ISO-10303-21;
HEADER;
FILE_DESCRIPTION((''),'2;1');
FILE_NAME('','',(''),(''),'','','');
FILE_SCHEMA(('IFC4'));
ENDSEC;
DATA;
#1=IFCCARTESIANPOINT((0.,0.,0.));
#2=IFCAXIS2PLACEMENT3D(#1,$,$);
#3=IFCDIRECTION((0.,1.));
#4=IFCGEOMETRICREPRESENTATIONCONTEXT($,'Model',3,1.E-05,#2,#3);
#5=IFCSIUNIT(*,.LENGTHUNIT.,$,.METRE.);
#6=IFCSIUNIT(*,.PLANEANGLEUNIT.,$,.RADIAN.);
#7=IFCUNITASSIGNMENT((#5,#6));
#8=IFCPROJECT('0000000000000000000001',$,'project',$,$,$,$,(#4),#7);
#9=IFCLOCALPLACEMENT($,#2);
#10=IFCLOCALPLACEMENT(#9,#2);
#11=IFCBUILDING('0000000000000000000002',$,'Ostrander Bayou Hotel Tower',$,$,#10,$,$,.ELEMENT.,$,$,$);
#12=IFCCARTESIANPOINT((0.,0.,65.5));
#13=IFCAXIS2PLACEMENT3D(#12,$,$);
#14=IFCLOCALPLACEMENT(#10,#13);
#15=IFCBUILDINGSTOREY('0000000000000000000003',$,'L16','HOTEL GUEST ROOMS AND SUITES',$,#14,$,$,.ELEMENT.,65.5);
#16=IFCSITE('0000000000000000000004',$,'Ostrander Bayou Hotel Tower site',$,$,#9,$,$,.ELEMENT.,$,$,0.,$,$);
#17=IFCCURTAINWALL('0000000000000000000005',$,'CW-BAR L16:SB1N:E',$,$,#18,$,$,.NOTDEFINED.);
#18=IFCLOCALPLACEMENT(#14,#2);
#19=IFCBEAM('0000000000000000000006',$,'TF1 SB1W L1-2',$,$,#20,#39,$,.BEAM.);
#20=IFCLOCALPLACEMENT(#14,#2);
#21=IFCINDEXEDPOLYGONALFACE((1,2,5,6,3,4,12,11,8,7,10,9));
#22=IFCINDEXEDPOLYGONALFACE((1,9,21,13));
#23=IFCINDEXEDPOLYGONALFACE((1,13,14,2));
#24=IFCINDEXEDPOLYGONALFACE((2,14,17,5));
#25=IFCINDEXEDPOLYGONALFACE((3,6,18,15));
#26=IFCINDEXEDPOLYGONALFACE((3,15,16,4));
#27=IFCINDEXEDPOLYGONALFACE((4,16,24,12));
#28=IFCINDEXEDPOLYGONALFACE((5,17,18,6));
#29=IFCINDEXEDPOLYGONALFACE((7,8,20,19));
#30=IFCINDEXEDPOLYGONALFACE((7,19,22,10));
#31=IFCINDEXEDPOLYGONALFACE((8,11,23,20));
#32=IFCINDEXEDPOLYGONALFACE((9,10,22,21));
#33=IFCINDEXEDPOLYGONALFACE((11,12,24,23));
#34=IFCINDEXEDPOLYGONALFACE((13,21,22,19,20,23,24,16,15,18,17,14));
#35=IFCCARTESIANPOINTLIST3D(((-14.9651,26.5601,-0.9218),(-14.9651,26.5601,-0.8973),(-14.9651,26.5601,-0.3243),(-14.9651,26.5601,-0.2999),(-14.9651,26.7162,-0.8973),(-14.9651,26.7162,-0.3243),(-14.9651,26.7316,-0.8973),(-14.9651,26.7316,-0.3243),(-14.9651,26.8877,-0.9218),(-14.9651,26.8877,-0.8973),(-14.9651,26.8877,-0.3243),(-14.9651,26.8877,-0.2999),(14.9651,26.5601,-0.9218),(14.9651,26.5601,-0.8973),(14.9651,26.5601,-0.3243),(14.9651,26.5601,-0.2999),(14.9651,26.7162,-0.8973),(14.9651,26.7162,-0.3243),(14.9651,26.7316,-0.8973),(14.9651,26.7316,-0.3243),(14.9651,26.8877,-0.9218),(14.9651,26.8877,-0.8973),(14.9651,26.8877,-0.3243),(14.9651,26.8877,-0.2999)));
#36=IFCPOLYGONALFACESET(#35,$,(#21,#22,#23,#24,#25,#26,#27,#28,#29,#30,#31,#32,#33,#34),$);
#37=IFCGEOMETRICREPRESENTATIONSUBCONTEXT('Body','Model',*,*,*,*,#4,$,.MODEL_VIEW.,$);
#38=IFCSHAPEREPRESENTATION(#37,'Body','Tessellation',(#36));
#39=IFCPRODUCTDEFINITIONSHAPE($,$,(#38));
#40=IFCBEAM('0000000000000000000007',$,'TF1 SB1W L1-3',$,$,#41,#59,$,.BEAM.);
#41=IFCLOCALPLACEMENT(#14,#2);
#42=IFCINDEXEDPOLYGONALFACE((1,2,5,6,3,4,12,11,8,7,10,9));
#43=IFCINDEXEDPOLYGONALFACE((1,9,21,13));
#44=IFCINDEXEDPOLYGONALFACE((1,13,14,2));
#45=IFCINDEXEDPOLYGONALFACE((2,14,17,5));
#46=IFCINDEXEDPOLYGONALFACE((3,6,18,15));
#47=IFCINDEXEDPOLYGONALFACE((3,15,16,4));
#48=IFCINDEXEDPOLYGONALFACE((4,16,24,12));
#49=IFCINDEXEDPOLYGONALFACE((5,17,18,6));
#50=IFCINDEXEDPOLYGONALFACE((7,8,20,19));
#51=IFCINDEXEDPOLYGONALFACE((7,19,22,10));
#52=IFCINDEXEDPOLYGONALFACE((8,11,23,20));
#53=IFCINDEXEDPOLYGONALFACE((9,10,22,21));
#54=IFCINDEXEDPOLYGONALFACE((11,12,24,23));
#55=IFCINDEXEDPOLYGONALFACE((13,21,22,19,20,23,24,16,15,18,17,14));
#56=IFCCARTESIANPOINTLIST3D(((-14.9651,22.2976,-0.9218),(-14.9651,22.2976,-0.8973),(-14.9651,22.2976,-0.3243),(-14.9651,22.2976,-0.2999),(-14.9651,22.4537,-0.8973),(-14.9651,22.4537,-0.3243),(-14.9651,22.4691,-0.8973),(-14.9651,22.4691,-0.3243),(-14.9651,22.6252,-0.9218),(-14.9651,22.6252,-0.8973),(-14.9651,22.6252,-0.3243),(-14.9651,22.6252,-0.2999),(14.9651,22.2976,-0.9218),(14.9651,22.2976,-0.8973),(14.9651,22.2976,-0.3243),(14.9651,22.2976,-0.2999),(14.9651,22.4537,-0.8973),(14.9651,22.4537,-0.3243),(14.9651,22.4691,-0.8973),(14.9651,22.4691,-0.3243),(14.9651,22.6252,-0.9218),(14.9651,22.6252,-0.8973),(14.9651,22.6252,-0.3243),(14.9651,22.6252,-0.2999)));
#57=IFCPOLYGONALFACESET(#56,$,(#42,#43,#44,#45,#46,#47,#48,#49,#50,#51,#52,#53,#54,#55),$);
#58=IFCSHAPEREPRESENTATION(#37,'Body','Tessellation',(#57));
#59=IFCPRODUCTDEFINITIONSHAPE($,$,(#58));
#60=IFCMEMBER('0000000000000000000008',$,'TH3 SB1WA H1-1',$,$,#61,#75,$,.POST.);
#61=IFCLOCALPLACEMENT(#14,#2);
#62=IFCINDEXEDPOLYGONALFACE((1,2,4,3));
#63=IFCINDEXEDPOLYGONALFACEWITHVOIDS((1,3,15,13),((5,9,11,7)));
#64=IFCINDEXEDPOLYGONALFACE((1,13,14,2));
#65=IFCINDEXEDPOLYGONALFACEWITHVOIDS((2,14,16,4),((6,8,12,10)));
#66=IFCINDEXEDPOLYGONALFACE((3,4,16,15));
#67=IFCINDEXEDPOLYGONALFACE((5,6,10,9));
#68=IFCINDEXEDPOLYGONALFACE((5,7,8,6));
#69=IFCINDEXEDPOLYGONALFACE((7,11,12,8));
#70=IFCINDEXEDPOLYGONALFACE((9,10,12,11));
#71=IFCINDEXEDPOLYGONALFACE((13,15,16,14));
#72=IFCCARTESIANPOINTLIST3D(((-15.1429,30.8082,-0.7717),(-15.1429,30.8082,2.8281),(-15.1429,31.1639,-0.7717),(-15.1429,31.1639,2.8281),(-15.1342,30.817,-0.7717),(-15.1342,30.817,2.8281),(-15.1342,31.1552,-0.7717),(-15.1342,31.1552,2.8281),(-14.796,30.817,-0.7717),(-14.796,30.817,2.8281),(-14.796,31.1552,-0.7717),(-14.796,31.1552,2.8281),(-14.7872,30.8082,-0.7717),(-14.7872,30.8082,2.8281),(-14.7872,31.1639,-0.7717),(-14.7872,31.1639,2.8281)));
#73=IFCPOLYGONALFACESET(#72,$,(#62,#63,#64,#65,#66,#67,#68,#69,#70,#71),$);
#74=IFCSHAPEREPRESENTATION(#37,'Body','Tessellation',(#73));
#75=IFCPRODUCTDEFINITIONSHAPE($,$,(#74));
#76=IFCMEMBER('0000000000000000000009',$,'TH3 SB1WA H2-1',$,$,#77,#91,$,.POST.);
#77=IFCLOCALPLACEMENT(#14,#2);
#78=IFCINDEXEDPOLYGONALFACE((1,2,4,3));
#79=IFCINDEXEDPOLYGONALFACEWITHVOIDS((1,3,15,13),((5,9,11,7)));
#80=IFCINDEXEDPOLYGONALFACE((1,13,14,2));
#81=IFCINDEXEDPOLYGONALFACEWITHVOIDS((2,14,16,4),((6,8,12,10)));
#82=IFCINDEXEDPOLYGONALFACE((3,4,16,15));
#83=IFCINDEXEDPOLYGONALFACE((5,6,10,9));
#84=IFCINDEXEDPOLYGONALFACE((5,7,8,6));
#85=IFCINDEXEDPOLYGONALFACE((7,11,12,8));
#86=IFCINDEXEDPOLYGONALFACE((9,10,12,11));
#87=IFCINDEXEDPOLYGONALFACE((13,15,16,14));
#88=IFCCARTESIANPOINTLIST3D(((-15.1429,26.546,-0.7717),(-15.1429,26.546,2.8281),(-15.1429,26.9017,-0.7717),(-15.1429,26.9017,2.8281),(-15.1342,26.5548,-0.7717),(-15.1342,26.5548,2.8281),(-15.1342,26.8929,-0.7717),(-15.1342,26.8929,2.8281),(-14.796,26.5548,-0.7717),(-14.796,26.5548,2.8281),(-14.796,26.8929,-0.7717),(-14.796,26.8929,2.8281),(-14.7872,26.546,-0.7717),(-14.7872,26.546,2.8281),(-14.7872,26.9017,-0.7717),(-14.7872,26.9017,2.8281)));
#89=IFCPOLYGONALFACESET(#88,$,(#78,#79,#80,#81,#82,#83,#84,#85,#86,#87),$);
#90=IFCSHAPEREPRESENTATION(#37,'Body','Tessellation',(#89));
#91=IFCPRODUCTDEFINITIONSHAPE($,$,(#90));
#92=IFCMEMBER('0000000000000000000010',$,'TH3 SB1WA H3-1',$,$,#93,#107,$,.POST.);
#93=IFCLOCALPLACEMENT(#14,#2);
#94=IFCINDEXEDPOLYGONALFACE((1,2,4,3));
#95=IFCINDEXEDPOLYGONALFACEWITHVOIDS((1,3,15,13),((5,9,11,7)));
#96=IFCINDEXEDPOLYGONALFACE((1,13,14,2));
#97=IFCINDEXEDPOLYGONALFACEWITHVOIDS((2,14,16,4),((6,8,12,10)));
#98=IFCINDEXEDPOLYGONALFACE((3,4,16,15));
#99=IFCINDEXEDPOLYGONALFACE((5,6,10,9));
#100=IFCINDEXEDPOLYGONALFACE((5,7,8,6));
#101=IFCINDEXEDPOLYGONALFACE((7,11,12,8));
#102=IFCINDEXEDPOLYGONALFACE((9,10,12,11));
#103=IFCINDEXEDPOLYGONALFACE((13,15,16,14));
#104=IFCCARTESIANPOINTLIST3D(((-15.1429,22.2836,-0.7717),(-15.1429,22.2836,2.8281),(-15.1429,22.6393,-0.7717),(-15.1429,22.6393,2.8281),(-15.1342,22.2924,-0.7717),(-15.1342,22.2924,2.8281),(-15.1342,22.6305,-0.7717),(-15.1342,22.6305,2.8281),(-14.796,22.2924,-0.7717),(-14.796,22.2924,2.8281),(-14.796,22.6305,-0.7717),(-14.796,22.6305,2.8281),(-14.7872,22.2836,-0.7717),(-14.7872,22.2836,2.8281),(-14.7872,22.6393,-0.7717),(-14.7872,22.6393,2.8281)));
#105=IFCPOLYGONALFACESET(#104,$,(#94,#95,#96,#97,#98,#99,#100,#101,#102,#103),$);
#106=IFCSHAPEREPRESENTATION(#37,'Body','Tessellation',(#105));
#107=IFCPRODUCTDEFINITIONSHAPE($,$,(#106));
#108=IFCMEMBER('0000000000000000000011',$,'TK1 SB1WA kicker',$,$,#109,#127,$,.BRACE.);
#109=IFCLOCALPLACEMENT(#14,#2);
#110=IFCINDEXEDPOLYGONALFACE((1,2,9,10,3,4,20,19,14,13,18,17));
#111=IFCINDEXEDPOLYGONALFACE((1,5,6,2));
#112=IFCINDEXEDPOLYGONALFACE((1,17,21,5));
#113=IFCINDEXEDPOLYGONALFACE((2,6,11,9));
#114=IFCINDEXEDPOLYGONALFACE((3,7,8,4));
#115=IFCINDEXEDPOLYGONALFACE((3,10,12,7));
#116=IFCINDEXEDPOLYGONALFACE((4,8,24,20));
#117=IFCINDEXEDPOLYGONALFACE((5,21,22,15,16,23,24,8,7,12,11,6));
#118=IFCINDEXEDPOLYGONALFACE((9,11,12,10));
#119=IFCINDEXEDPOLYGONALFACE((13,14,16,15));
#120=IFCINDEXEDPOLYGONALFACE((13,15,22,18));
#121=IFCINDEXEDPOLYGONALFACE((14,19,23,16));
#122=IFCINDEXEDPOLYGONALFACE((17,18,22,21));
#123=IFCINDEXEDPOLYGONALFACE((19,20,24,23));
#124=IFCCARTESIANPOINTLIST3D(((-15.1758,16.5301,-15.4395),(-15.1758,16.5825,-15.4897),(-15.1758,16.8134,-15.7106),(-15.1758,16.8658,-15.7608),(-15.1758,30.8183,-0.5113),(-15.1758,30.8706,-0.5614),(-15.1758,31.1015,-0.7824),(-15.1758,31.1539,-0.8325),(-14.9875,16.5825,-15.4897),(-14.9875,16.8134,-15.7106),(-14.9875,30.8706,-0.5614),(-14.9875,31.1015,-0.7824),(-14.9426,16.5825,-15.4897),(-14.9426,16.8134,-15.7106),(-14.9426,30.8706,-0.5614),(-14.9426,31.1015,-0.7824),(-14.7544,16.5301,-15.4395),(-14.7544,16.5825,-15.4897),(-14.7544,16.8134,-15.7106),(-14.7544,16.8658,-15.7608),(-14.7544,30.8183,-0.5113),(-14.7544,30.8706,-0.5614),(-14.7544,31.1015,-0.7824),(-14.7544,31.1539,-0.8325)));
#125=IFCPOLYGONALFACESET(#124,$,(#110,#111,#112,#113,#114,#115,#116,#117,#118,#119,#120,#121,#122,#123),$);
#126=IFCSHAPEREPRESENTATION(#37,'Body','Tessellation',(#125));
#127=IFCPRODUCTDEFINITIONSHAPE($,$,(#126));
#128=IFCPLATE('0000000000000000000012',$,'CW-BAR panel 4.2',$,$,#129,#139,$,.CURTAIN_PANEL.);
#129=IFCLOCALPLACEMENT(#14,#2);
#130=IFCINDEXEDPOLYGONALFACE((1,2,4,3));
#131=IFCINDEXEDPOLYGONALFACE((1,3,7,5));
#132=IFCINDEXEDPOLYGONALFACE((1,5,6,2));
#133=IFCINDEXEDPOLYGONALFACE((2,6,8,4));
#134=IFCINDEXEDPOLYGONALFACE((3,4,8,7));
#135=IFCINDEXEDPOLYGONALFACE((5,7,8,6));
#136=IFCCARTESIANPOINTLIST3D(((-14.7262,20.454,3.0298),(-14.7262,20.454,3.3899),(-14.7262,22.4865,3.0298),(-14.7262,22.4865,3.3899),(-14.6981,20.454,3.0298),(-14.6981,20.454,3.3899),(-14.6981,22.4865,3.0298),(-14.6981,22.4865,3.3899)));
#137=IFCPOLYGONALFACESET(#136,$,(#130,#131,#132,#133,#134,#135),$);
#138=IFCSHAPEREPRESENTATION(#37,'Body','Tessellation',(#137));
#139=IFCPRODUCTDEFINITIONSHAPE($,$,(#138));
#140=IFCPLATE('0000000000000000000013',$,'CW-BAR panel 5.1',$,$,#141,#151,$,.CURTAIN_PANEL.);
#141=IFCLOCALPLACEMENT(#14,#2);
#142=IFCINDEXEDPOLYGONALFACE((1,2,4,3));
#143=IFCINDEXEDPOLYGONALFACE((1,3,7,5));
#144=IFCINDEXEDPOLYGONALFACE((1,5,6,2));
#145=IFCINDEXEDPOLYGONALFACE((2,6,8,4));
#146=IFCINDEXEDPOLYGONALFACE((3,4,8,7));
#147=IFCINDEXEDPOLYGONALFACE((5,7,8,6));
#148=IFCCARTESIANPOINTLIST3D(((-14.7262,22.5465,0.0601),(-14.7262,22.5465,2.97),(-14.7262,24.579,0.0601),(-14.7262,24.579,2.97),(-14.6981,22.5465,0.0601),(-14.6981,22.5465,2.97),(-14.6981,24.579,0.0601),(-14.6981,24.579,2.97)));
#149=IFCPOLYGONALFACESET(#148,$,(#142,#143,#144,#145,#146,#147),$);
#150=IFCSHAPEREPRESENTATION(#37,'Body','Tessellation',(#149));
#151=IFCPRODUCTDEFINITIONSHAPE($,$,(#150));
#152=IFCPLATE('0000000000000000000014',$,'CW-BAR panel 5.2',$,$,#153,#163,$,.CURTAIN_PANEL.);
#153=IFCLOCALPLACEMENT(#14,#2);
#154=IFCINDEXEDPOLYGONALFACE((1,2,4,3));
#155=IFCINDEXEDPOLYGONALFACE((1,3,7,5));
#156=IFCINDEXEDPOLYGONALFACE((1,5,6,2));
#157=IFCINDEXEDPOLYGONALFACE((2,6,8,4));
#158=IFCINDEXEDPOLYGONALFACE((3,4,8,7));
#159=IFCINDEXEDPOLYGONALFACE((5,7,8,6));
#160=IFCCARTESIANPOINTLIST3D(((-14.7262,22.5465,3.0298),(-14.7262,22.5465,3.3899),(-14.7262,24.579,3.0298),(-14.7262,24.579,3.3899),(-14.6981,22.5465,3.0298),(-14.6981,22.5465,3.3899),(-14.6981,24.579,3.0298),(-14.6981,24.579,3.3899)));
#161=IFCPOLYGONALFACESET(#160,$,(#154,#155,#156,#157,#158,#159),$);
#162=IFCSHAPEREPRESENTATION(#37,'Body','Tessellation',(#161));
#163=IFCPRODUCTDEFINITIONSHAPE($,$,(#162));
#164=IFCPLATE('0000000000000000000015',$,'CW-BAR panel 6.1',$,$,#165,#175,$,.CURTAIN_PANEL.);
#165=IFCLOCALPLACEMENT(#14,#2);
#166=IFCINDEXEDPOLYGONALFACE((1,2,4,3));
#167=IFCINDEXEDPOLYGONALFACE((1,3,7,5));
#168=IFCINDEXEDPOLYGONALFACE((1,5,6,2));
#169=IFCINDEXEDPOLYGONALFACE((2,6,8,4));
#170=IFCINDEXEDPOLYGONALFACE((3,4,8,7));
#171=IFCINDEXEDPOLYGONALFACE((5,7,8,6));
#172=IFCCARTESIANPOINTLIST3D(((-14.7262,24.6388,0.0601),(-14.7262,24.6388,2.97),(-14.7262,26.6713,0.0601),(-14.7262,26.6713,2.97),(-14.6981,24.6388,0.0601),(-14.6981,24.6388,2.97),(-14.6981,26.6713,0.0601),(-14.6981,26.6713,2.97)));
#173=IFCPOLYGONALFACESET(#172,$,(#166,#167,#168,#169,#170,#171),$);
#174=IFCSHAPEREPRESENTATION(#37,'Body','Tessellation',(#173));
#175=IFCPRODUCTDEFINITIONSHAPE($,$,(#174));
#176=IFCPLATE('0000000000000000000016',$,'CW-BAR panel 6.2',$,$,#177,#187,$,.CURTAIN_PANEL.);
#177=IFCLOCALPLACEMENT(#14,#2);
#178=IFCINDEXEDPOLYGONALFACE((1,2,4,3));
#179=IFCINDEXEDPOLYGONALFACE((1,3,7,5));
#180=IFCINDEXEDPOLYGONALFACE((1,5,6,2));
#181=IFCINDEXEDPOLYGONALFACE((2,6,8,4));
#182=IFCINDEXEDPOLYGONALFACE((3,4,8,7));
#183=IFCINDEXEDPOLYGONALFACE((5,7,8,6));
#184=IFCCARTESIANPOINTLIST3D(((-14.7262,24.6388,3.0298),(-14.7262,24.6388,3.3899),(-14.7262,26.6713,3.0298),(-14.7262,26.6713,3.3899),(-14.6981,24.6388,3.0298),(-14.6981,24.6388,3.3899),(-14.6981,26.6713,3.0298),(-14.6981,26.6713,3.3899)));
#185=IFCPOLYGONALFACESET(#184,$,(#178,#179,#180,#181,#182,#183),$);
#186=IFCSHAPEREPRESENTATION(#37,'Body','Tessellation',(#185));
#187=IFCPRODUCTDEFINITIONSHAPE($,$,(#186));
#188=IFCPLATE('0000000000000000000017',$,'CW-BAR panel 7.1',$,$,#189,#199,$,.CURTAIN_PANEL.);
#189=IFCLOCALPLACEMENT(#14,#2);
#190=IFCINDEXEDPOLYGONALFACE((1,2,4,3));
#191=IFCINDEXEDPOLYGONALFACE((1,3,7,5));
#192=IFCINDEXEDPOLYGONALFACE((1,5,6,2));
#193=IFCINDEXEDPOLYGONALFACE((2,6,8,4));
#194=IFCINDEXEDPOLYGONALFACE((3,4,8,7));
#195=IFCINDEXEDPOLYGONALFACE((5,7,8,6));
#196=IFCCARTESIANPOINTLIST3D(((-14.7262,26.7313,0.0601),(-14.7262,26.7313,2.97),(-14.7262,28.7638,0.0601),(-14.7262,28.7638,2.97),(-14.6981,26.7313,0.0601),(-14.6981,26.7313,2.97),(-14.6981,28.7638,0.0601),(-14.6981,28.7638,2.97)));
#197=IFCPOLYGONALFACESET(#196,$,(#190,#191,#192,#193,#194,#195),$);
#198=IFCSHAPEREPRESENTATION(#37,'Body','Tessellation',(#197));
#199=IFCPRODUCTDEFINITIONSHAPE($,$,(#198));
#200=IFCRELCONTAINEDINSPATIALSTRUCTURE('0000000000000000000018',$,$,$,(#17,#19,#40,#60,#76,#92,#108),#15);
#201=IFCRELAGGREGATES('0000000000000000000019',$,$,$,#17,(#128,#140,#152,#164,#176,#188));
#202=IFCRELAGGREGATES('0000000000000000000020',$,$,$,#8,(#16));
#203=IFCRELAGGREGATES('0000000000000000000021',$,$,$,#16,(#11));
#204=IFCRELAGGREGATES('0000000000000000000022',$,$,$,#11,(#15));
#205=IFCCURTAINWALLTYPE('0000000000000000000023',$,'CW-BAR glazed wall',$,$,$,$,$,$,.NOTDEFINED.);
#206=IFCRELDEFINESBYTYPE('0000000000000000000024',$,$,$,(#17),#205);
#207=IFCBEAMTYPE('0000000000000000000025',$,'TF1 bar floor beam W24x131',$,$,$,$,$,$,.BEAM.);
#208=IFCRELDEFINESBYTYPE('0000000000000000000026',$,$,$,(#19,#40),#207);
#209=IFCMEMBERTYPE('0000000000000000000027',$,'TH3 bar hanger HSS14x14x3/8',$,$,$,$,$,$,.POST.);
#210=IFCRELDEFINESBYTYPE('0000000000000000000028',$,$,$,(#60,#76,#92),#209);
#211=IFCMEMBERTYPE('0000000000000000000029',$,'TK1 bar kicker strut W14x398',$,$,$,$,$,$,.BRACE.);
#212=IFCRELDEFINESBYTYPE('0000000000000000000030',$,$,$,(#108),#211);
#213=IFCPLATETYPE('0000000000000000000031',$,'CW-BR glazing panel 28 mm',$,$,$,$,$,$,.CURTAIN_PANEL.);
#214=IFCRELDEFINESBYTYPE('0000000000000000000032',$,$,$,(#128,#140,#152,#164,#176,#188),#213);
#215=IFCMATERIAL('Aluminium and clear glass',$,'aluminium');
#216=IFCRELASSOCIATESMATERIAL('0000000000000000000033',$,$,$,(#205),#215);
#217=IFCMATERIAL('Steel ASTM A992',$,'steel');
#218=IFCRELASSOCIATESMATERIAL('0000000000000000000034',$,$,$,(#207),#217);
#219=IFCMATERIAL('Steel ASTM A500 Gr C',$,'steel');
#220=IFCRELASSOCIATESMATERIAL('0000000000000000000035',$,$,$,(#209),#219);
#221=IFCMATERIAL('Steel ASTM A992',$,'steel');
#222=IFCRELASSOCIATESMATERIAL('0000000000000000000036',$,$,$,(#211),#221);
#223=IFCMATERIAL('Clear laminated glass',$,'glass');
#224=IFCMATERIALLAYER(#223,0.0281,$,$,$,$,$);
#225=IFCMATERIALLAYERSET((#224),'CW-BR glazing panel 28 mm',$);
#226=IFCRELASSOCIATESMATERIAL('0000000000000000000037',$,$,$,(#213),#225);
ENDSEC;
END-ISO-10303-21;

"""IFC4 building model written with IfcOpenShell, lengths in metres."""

from ifc_helpers import new_model, si_unit, direction, frame, origin, origin_2d, place, context, subcontext, project, spatial, rectangle, hollow_rectangle, i_section, extrude, material, layer, layer_set, material_profile, profile_set, type_object, element, aggregate, save


model = new_model("IFC4")

# Units and contexts
model_context = context("Model", 3, precision=1e-05, world=origin(), true_north=direction((0.0, 1.0)))
body_context = subcontext(model_context, "Body", "Model", "MODEL_VIEW")
ifc_project = project(units=[si_unit("LENGTHUNIT", "METRE"), si_unit("PLANEANGLEUNIT", "RADIAN")], contexts=[model_context])

# Site, building, storey
site_placement = place(None, origin())
site = spatial("IfcSite", under=ifc_project, at=site_placement, Name="Ostrander Bayou Hotel Tower site", CompositionType="ELEMENT", RefElevation=0.0)
building_placement = place(site_placement, origin())
building = spatial("IfcBuilding", under=site, at=building_placement, Name="Ostrander Bayou Hotel Tower", CompositionType="ELEMENT")
storey_placement = place(building_placement, frame((0.0, 0.0, 65.5)))
storey = spatial("IfcBuildingStorey", under=building, at=storey_placement, Name="L16", Description="HOTEL GUEST ROOMS AND SUITES", CompositionType="ELEMENT", Elevation=65.5)

# Curtain wall
ifc_material_1 = material(Name="Aluminium and clear glass", Category="aluminium")
curtain_wall_type = type_object("IfcCurtainWallType", Name="CW-BAR glazed wall", PredefinedType="NOTDEFINED", material=ifc_material_1)
curtain_wall_1_placement = place(storey_placement, origin())
curtain_wall_1 = element("IfcCurtainWall", 1, at=curtain_wall_1_placement, inside=storey, type_object=curtain_wall_type, Name="CW-BAR L16:SB1N:E", PredefinedType="NOTDEFINED")

# Beams
ifc_material_2 = material(Name="Steel ASTM A992", Category="steel")
ifc_material_profile_1 = material_profile(ifc_material_2, i_section(OverallWidth=0.3276, OverallDepth=0.6218, WebThickness=0.0154, FlangeThickness=0.0244, at=origin_2d()))
ifc_profile_set_1 = profile_set([ifc_material_profile_1], Name="Steel ASTM A992")
beam_type = type_object("IfcBeamType", Name="TF1 bar floor beam W24x131", PredefinedType="BEAM", material=ifc_profile_set_1)
for number, where, z_axis, x_axis, name in (
    (2, (-14.9651, 26.7239, -0.6108), (1.0, 0.0, 0.0), (0.0, 1.0, 0.0), "TF1 SB1W L1-2"),
    (3, (-14.9651, 22.4614, -0.6108), (1.0, 0.0, 0.0), (0.0, 1.0, 0.0), "TF1 SB1W L1-3"),
):
    element("IfcBeam", number, at=place(storey_placement, frame(where, z_axis=z_axis, x_axis=x_axis)), inside=storey, type_object=beam_type, Name=name, PredefinedType="BEAM", context=body_context, shape_type="SweptSolid", body=[
        extrude(i_section(OverallWidth=0.3276, OverallDepth=0.6218, WebThickness=0.0154, FlangeThickness=0.0244, at=origin_2d()), origin(), (0.0, 0.0, 1.0), 29.9302),
    ])

# Members
ifc_material_3 = material(Name="Steel ASTM A500 Gr C", Category="steel")
ifc_material_profile_2 = material_profile(ifc_material_3, hollow_rectangle(XDim=0.3557, YDim=0.3557, WallThickness=0.0088, at=origin_2d()))
ifc_profile_set_2 = profile_set([ifc_material_profile_2], Name="Steel ASTM A500 Gr C")
member_type_1 = type_object("IfcMemberType", Name="TH3 bar hanger HSS14x14x3/8", PredefinedType="POST", material=ifc_profile_set_2)
for number, where, z_axis, x_axis, name in (
    (4, (-14.9651, 30.9861, -0.7717), (0.0, 0.0, 1.0), (1.0, 0.0, 0.0), "TH3 SB1WA H1-1"),
    (5, (-14.9651, 26.7239, -0.7717), (0.0, 0.0, 1.0), (1.0, 0.0, 0.0), "TH3 SB1WA H2-1"),
    (6, (-14.9651, 22.4614, -0.7717), (0.0, 0.0, 1.0), (1.0, 0.0, 0.0), "TH3 SB1WA H3-1"),
):
    element("IfcMember", number, at=place(storey_placement, frame(where, z_axis=z_axis, x_axis=x_axis)), inside=storey, type_object=member_type_1, Name=name, PredefinedType="POST", context=body_context, shape_type="SweptSolid", body=[
        extrude(hollow_rectangle(XDim=0.3557, YDim=0.3557, WallThickness=0.0088, at=origin_2d()), origin(), (0.0, 0.0, 1.0), 3.5999),
    ])
ifc_material_4 = material(Name="Steel ASTM A992", Category="steel")
ifc_material_profile_3 = material_profile(ifc_material_4, i_section(OverallWidth=0.4214, OverallDepth=0.4646, WebThickness=0.0449, FlangeThickness=0.0725, at=origin_2d()))
ifc_profile_set_3 = profile_set([ifc_material_profile_3], Name="Steel ASTM A992")
member_type_2 = type_object("IfcMemberType", Name="TK1 bar kicker strut W14x398", PredefinedType="BRACE", material=ifc_profile_set_3)
member_1_placement = place(storey_placement, frame((-14.9651, 30.9861, -0.6719), z_axis=(0.0, -0.691448, -0.722426), x_axis=(1.0, 0.0, 0.0)))
element("IfcMember", 7, at=member_1_placement, inside=storey, type_object=member_type_2, Name="TK1 SB1WA kicker", PredefinedType="BRACE", context=body_context, shape_type="SweptSolid", body=[
    extrude(i_section(OverallWidth=0.4214, OverallDepth=0.4646, WebThickness=0.0449, FlangeThickness=0.0725, at=origin_2d()), origin(), (0.0, 0.0, 1.0), 20.6641),
])

# Plates
ifc_material_5 = material(Name="Clear laminated glass", Category="glass")
ifc_layer_1 = layer(ifc_material_5, 0.0281)
ifc_layer_set_1 = layer_set([ifc_layer_1], Name="CW-BR glazing panel 28 mm")
plate_type = type_object("IfcPlateType", Name="CW-BR glazing panel 28 mm", PredefinedType="CURTAIN_PANEL", material=ifc_layer_set_1)
plate_1_placement = place(storey_placement, frame((-14.7122, 21.4702, 3.0298), z_axis=(0.0, 0.0, 1.0), x_axis=(0.0, 1.0, 0.0)))
plate_1 = element("IfcPlate", 8, at=plate_1_placement, type_object=plate_type, Name="CW-BAR panel 4.2", PredefinedType="CURTAIN_PANEL", context=body_context, shape_type="SweptSolid", body=[
    extrude(rectangle(XDim=2.0325, YDim=0.0281, at=origin_2d()), origin(), (0.0, 0.0, 1.0), 0.3601),
])
plate_2_placement = place(storey_placement, frame((-14.7122, 23.5627, 0.0601), z_axis=(0.0, 0.0, 1.0), x_axis=(0.0, 1.0, 0.0)))
plate_2 = element("IfcPlate", 9, at=plate_2_placement, type_object=plate_type, Name="CW-BAR panel 5.1", PredefinedType="CURTAIN_PANEL", context=body_context, shape_type="SweptSolid", body=[
    extrude(rectangle(XDim=2.0325, YDim=0.0281, at=origin_2d()), origin(), (0.0, 0.0, 1.0), 2.9099),
])
plate_3_placement = place(storey_placement, frame((-14.7122, 23.5627, 3.0298), z_axis=(0.0, 0.0, 1.0), x_axis=(0.0, 1.0, 0.0)))
plate_3 = element("IfcPlate", 10, at=plate_3_placement, type_object=plate_type, Name="CW-BAR panel 5.2", PredefinedType="CURTAIN_PANEL", context=body_context, shape_type="SweptSolid", body=[
    extrude(rectangle(XDim=2.0325, YDim=0.0281, at=origin_2d()), origin(), (0.0, 0.0, 1.0), 0.3601),
])
plate_4_placement = place(storey_placement, frame((-14.7122, 25.655, 0.0601), z_axis=(0.0, 0.0, 1.0), x_axis=(0.0, 1.0, 0.0)))
plate_4 = element("IfcPlate", 11, at=plate_4_placement, type_object=plate_type, Name="CW-BAR panel 6.1", PredefinedType="CURTAIN_PANEL", context=body_context, shape_type="SweptSolid", body=[
    extrude(rectangle(XDim=2.0325, YDim=0.0281, at=origin_2d()), origin(), (0.0, 0.0, 1.0), 2.9099),
])
plate_5_placement = place(storey_placement, frame((-14.7122, 25.655, 3.0298), z_axis=(0.0, 0.0, 1.0), x_axis=(0.0, 1.0, 0.0)))
plate_5 = element("IfcPlate", 12, at=plate_5_placement, type_object=plate_type, Name="CW-BAR panel 6.2", PredefinedType="CURTAIN_PANEL", context=body_context, shape_type="SweptSolid", body=[
    extrude(rectangle(XDim=2.0325, YDim=0.0281, at=origin_2d()), origin(), (0.0, 0.0, 1.0), 0.3601),
])
plate_6_placement = place(storey_placement, frame((-14.7122, 27.7476, 0.0601), z_axis=(0.0, 0.0, 1.0), x_axis=(0.0, 1.0, 0.0)))
plate_6 = element("IfcPlate", 13, at=plate_6_placement, type_object=plate_type, Name="CW-BAR panel 7.1", PredefinedType="CURTAIN_PANEL", context=body_context, shape_type="SweptSolid", body=[
    extrude(rectangle(XDim=2.0325, YDim=0.0281, at=origin_2d()), origin(), (0.0, 0.0, 1.0), 2.9099),
])
aggregate(curtain_wall_1, [plate_1, plate_2, plate_3, plate_4, plate_5, plate_6])

save(model, "model.ifc")
